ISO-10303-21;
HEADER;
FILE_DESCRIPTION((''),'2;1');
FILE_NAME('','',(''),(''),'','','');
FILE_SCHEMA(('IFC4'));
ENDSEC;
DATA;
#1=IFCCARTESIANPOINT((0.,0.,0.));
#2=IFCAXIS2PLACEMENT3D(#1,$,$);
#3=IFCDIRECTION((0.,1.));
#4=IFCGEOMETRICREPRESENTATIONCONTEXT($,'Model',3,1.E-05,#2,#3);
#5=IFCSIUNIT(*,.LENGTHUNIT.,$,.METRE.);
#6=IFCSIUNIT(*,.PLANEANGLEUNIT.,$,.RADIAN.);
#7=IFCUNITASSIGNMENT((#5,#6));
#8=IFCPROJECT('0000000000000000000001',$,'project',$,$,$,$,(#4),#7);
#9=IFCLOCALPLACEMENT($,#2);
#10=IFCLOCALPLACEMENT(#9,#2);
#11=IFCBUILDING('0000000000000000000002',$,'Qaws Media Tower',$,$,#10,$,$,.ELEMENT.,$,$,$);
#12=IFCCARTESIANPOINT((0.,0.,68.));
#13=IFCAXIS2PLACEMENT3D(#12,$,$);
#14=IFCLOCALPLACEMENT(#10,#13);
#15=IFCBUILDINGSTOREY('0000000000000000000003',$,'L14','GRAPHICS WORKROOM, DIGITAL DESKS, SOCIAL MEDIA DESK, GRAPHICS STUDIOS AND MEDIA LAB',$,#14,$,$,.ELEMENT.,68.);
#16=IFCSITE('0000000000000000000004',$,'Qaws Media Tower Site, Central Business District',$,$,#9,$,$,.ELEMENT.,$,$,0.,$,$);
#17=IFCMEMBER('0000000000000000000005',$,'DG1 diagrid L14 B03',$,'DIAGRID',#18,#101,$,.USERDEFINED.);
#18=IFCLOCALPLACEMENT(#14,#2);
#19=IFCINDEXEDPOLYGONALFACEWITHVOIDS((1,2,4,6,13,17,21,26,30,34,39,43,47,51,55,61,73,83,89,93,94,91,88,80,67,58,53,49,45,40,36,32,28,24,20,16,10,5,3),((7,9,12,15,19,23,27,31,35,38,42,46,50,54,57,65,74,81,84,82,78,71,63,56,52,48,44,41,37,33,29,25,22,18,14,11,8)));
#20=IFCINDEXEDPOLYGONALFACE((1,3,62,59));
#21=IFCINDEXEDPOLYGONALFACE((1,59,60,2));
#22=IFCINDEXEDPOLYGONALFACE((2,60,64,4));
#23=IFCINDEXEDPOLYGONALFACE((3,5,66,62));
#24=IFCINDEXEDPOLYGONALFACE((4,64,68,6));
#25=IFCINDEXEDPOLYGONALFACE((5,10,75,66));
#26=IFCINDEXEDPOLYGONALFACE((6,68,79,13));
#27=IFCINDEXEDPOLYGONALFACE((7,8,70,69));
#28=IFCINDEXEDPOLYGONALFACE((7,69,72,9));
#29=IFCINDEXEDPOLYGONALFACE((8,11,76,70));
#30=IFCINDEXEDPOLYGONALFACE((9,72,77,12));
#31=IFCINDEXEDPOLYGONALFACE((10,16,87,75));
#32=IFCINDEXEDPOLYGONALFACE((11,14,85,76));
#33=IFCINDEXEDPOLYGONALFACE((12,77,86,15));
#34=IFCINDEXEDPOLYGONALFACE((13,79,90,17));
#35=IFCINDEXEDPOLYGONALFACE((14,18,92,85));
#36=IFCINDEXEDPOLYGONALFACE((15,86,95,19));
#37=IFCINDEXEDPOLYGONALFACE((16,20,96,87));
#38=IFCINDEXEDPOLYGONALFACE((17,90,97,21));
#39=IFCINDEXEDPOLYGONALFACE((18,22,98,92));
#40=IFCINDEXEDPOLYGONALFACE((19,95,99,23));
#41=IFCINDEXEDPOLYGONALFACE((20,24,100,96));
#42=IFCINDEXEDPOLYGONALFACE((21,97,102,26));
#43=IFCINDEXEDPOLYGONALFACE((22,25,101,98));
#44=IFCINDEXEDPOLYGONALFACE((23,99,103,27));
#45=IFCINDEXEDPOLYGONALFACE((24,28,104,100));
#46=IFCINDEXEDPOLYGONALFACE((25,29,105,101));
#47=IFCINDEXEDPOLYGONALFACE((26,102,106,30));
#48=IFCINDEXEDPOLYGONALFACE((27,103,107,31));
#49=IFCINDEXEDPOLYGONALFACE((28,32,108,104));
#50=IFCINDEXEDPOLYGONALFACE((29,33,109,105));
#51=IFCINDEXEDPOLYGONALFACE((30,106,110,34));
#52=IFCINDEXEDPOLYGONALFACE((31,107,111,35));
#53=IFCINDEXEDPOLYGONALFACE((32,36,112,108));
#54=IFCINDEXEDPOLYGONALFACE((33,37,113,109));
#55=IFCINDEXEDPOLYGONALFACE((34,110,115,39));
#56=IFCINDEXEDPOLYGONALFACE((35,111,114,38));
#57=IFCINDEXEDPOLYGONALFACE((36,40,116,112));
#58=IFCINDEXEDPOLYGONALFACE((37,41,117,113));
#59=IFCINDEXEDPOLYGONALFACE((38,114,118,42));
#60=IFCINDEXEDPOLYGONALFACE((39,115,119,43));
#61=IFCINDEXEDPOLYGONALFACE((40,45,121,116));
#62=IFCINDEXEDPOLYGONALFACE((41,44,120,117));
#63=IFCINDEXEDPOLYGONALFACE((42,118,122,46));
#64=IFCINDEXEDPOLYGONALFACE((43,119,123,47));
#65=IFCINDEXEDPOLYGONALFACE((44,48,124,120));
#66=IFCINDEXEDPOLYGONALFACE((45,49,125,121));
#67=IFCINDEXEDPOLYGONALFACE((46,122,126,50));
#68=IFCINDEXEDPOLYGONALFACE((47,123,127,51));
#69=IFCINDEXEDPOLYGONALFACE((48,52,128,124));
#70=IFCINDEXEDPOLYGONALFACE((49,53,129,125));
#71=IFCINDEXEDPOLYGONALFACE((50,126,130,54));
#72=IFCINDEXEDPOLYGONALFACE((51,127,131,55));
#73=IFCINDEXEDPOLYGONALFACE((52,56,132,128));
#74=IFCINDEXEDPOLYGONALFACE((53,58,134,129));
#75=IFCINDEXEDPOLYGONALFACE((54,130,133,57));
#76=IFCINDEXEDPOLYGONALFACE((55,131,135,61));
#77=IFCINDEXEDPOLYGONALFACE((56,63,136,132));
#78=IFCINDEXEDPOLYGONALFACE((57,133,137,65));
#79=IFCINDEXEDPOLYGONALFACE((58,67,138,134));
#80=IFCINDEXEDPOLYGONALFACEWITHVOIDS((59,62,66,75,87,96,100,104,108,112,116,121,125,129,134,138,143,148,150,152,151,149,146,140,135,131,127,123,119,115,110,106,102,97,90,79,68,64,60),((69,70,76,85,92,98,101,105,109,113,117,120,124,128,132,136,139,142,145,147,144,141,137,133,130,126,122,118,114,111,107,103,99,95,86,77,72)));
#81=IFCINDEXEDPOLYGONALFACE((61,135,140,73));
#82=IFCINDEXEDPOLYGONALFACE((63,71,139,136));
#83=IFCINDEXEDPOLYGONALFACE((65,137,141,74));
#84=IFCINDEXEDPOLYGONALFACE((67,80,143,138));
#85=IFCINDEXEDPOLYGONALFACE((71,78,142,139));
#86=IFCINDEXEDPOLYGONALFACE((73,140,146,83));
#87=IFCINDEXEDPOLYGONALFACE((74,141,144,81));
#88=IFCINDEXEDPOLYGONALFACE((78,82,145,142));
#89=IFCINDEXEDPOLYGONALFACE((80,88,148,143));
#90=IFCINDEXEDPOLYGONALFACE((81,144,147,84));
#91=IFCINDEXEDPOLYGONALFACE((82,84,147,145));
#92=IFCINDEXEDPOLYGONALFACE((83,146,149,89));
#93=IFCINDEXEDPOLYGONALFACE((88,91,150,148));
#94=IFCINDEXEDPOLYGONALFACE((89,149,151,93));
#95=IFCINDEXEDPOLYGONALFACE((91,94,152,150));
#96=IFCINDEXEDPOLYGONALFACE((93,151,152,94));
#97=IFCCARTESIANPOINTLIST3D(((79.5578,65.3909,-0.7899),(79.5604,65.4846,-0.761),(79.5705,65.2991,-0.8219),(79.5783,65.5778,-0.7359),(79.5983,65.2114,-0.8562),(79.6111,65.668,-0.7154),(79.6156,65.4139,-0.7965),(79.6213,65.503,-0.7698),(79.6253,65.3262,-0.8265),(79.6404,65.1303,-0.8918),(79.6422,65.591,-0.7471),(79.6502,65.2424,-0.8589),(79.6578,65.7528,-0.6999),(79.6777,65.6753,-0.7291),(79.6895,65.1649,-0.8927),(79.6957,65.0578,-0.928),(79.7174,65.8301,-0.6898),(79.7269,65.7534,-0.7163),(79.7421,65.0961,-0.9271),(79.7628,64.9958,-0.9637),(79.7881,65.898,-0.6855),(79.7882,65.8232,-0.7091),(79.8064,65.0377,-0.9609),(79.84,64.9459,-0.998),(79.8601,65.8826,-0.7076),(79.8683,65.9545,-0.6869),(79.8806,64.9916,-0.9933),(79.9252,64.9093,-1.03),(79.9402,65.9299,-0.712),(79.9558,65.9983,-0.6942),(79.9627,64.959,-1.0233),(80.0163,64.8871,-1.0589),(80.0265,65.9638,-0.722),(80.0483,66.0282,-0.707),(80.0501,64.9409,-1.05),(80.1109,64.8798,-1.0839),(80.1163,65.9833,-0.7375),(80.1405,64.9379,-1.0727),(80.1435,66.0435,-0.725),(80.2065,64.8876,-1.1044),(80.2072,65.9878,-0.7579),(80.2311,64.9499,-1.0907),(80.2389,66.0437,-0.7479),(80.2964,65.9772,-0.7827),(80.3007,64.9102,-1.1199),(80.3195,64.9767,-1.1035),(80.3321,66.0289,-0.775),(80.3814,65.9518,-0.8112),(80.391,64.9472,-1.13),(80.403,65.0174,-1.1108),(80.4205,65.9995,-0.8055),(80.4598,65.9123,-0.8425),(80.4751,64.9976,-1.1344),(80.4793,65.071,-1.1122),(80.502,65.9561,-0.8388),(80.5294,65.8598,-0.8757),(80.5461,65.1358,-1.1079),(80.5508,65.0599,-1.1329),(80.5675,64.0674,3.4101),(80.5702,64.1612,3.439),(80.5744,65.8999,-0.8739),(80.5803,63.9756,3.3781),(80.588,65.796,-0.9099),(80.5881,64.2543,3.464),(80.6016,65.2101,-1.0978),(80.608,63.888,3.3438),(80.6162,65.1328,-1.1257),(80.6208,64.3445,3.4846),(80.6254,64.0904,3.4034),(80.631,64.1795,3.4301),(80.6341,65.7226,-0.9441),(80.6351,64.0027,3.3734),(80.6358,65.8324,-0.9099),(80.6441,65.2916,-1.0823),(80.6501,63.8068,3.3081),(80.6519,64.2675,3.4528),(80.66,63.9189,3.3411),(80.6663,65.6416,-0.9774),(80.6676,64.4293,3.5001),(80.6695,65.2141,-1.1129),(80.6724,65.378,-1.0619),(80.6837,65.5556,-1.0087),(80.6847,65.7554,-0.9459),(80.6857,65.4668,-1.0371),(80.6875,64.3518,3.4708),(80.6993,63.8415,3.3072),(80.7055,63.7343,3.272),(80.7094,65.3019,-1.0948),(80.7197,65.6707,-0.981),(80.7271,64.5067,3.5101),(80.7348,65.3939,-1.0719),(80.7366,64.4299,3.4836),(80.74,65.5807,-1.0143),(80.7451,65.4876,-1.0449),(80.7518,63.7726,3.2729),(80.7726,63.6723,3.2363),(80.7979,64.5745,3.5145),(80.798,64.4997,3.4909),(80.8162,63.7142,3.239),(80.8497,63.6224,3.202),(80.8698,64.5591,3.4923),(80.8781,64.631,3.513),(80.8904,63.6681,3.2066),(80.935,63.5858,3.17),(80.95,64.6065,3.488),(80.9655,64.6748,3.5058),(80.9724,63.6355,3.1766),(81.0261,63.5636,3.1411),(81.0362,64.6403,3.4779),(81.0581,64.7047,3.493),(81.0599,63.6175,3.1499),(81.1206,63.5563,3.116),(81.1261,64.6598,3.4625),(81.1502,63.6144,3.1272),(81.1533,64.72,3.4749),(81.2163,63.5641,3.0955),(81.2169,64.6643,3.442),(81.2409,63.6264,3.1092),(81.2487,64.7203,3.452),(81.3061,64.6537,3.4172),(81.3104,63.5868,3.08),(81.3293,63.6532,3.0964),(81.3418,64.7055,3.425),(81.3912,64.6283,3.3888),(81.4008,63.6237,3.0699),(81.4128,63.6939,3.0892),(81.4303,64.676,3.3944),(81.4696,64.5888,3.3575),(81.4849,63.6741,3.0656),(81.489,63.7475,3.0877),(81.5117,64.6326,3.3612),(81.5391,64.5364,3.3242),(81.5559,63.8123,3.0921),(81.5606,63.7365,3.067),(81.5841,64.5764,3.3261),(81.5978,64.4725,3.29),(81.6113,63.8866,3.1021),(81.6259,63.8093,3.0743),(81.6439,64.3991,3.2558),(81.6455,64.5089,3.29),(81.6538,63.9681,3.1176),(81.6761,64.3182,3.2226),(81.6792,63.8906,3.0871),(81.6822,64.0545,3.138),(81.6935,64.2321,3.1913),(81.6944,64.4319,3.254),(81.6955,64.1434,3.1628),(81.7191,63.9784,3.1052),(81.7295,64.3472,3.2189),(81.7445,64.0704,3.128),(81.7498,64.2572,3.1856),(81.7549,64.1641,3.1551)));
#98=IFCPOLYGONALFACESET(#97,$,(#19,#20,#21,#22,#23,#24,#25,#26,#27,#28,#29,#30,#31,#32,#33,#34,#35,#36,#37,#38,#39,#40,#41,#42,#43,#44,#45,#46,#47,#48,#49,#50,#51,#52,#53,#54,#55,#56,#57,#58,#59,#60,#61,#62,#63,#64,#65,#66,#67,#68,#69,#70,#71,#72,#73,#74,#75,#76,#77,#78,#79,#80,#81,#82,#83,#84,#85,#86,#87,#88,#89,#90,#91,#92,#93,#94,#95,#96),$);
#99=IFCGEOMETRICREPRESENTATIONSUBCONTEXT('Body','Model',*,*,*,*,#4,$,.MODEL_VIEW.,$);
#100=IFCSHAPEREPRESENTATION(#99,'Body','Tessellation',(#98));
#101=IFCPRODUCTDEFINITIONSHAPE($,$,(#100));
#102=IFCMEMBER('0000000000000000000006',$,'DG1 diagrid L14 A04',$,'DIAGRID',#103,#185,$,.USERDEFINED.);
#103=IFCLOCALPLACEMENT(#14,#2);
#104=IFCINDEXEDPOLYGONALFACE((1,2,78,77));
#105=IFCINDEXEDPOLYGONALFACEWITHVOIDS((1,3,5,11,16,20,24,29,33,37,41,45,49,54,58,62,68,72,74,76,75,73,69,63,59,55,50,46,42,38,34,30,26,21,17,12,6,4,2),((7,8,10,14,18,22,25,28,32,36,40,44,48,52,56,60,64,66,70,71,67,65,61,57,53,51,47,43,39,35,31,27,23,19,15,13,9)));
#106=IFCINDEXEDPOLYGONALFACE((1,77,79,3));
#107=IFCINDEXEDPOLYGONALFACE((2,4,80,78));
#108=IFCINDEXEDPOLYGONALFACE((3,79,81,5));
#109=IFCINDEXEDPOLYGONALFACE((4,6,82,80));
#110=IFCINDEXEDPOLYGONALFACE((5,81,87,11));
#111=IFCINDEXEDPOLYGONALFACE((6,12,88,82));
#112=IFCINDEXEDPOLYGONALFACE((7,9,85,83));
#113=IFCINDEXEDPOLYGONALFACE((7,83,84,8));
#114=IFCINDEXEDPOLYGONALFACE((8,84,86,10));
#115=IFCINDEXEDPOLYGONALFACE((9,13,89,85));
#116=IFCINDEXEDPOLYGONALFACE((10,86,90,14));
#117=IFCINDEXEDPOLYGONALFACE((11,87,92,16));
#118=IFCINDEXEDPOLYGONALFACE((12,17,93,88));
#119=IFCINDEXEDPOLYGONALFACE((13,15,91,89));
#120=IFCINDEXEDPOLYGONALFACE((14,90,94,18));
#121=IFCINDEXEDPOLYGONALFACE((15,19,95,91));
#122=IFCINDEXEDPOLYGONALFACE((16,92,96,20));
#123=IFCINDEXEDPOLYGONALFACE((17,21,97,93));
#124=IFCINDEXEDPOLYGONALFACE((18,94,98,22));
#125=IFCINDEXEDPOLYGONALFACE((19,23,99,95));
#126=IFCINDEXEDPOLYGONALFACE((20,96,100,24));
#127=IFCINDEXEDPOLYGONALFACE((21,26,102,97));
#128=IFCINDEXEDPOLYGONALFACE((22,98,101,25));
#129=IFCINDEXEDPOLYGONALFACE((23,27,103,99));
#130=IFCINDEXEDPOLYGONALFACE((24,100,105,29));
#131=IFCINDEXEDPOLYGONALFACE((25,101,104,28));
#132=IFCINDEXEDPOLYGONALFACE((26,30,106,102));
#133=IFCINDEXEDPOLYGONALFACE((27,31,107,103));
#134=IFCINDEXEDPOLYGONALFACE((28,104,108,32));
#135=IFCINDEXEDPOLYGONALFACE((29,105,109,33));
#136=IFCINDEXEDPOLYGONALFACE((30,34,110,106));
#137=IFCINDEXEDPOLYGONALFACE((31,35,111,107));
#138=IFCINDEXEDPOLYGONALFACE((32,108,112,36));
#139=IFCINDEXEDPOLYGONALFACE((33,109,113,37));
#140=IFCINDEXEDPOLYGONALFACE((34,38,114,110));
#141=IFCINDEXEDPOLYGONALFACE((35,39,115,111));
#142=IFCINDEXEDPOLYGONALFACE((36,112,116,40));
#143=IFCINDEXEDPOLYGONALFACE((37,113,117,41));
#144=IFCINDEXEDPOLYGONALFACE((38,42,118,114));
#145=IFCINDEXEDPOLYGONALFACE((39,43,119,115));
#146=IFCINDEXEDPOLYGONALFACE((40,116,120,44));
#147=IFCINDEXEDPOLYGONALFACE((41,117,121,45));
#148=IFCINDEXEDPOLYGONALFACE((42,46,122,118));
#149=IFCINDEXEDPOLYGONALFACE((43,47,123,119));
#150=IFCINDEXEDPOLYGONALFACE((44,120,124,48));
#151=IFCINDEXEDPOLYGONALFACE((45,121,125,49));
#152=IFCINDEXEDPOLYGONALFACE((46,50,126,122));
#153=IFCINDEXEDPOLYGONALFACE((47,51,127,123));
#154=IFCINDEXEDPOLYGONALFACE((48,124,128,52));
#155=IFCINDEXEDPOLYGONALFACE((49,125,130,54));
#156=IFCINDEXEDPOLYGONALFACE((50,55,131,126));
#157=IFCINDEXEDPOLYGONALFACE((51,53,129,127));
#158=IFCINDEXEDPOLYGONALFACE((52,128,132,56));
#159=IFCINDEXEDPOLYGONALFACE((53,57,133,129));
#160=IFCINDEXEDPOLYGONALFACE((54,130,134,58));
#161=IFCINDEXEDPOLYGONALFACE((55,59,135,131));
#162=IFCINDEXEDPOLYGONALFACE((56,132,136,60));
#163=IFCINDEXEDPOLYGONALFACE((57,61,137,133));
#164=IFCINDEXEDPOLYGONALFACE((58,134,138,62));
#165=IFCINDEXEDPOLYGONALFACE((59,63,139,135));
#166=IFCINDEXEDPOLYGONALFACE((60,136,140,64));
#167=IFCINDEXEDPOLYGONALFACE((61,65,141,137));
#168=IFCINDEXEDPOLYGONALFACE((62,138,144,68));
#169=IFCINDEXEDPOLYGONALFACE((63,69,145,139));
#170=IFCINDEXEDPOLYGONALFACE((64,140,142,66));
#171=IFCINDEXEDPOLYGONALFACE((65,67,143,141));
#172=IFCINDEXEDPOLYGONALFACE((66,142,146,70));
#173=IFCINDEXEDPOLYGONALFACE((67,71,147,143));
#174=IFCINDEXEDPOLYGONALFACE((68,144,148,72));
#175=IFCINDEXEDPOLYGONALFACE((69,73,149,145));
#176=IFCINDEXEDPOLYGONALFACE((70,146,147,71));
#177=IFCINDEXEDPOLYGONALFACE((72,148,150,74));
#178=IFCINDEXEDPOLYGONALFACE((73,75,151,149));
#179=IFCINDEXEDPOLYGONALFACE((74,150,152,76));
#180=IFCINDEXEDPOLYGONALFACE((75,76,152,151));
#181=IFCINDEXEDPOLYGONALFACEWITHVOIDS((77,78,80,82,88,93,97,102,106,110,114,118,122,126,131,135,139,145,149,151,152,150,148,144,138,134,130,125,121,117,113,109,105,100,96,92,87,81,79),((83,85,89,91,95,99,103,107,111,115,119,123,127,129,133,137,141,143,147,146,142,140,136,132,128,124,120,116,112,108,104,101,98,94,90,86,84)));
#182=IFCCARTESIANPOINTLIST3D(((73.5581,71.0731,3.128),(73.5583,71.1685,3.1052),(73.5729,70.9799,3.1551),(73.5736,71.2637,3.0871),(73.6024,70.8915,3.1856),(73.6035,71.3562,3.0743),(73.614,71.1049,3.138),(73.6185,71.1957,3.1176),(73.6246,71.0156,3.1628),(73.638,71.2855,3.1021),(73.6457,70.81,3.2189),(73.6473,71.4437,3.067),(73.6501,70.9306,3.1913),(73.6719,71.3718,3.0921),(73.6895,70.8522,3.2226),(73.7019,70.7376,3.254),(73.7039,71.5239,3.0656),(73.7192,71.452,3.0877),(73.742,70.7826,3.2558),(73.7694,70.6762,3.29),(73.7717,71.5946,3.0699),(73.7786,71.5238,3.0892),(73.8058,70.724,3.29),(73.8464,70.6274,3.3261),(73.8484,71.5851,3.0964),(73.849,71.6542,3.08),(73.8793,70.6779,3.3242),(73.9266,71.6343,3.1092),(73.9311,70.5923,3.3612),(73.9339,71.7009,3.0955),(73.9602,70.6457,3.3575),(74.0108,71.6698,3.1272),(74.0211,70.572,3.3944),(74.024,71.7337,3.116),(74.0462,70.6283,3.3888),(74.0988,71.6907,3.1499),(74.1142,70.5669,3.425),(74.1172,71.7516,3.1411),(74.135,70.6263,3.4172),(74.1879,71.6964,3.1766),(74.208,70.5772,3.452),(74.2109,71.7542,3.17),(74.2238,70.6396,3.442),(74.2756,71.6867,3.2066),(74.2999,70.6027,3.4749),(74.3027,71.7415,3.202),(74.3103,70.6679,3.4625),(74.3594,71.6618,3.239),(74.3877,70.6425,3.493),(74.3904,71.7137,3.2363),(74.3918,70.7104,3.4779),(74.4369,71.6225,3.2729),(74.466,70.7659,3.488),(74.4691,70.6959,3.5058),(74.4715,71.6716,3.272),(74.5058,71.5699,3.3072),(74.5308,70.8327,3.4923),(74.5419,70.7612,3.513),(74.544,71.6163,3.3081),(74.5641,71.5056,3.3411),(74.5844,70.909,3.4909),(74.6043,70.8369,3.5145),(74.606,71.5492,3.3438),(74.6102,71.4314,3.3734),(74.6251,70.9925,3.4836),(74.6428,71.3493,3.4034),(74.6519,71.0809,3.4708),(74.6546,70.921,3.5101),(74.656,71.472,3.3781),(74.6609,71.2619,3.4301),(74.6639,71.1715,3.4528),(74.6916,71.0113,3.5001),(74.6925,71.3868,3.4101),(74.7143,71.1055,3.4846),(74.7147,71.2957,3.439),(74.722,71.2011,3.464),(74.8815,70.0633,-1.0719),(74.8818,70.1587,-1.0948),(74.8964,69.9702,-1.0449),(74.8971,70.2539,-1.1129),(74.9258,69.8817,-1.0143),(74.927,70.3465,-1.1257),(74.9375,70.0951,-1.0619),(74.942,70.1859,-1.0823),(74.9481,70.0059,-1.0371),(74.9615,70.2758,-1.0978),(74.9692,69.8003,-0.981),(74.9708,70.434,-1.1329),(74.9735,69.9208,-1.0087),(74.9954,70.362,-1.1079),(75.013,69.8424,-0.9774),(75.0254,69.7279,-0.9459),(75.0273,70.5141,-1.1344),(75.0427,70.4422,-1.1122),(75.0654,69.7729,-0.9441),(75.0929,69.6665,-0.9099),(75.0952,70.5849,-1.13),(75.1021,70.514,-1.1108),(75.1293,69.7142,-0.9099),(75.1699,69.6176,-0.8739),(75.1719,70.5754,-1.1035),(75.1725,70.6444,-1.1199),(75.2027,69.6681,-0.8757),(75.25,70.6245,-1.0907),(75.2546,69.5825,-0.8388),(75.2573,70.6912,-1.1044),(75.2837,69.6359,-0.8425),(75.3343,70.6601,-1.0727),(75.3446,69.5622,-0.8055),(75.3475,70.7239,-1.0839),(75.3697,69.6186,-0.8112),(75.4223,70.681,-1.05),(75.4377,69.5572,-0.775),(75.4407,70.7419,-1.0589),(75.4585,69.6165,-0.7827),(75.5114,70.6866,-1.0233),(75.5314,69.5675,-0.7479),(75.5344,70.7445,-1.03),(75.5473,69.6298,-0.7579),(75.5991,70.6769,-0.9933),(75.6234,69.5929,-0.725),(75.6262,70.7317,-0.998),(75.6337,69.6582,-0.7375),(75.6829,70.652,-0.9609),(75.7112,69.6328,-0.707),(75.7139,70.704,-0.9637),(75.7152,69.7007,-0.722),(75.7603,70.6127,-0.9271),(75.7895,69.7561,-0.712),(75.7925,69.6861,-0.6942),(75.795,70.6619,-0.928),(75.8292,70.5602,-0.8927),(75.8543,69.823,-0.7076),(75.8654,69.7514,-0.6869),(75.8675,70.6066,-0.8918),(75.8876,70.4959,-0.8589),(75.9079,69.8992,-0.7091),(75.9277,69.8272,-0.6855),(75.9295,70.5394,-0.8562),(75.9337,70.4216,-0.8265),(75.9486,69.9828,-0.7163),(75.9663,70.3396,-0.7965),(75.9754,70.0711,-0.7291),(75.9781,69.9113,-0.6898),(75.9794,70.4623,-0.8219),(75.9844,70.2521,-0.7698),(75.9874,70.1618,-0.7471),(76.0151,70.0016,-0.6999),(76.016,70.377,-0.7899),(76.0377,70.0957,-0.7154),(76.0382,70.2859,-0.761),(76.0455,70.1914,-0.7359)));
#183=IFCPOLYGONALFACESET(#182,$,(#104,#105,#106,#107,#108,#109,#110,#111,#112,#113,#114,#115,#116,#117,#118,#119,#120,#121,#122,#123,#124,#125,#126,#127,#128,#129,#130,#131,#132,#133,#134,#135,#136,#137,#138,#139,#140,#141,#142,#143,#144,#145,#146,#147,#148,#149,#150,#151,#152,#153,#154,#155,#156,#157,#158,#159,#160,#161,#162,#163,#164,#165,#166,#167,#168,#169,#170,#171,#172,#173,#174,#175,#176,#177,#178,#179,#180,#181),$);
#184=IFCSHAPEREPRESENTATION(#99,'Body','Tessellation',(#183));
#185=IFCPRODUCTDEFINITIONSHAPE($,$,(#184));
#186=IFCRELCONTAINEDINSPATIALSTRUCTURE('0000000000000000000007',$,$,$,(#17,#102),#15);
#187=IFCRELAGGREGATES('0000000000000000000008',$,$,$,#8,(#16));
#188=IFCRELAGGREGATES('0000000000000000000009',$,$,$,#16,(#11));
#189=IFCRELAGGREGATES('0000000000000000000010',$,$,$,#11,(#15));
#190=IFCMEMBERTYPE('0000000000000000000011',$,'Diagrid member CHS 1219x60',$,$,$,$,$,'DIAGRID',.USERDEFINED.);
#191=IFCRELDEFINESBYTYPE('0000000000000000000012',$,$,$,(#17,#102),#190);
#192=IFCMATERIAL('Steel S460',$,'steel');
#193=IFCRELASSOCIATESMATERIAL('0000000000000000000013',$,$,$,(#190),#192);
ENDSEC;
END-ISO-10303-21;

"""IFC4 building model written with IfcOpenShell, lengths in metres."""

from ifc_helpers import new_model, si_unit, direction, frame, origin, origin_2d, place, context, subcontext, project, spatial, hollow_circle, extrude, material, material_profile, profile_set, type_object, element, save


model = new_model("IFC4")

# Units and contexts
model_context = context("Model", 3, precision=1e-05, world=origin(), true_north=direction((0.0, 1.0)))
body_context = subcontext(model_context, "Body", "Model", "MODEL_VIEW")
ifc_project = project(units=[si_unit("LENGTHUNIT", "METRE"), si_unit("PLANEANGLEUNIT", "RADIAN")], contexts=[model_context])

# Site, building, storey
site_placement = place(None, origin())
site = spatial("IfcSite", under=ifc_project, at=site_placement, Name="Qaws Media Tower Site, Central Business District", CompositionType="ELEMENT", RefElevation=0.0)
building_placement = place(site_placement, origin())
building = spatial("IfcBuilding", under=site, at=building_placement, Name="Qaws Media Tower", CompositionType="ELEMENT")
storey_placement = place(building_placement, frame((0.0, 0.0, 68.0)))
storey = spatial("IfcBuildingStorey", under=building, at=storey_placement, Name="L14", Description="GRAPHICS WORKROOM, DIGITAL DESKS, SOCIAL MEDIA DESK, GRAPHICS STUDIOS AND MEDIA LAB", CompositionType="ELEMENT", Elevation=68.0)

# Members
ifc_material_1 = material(Name="Steel S460", Category="steel")
ifc_material_profile_1 = material_profile(ifc_material_1, hollow_circle(Radius=0.6096, WallThickness=0.0601, at=origin_2d()), Name="CHS 1219x60")
ifc_profile_set_1 = profile_set([ifc_material_profile_1], Name="Steel S460")
member_type_1 = type_object("IfcMemberType", Name="Diagrid member CHS 1219x60", ElementType="DIAGRID", PredefinedType="USERDEFINED", material=ifc_profile_set_1)
for number, where, z_axis, x_axis, name in (
    (1, (80.1511, 65.4626, -0.9099), (0.223507, -0.292947, 0.929638), (0.795028, 0.606573, 0.0), "DG1 diagrid L14 B03"),
    (2, (75.4626, 70.1511, -0.9099), (-0.292947, 0.223507, 0.929638), (-0.606573, -0.795028, 0.0), "DG1 diagrid L14 A04"),
):
    element("IfcMember", number, at=place(storey_placement, frame(where, z_axis=z_axis, x_axis=x_axis)), inside=storey, type_object=member_type_1, Name=name, ObjectType="DIAGRID", PredefinedType="USERDEFINED", context=body_context, shape_type="SweptSolid", body=[
        extrude(hollow_circle(Radius=0.6096, WallThickness=0.0601, at=origin_2d()), origin(), (0.0, 0.0, 1.0), 4.5178),
    ])

save(model, "model.ifc")
